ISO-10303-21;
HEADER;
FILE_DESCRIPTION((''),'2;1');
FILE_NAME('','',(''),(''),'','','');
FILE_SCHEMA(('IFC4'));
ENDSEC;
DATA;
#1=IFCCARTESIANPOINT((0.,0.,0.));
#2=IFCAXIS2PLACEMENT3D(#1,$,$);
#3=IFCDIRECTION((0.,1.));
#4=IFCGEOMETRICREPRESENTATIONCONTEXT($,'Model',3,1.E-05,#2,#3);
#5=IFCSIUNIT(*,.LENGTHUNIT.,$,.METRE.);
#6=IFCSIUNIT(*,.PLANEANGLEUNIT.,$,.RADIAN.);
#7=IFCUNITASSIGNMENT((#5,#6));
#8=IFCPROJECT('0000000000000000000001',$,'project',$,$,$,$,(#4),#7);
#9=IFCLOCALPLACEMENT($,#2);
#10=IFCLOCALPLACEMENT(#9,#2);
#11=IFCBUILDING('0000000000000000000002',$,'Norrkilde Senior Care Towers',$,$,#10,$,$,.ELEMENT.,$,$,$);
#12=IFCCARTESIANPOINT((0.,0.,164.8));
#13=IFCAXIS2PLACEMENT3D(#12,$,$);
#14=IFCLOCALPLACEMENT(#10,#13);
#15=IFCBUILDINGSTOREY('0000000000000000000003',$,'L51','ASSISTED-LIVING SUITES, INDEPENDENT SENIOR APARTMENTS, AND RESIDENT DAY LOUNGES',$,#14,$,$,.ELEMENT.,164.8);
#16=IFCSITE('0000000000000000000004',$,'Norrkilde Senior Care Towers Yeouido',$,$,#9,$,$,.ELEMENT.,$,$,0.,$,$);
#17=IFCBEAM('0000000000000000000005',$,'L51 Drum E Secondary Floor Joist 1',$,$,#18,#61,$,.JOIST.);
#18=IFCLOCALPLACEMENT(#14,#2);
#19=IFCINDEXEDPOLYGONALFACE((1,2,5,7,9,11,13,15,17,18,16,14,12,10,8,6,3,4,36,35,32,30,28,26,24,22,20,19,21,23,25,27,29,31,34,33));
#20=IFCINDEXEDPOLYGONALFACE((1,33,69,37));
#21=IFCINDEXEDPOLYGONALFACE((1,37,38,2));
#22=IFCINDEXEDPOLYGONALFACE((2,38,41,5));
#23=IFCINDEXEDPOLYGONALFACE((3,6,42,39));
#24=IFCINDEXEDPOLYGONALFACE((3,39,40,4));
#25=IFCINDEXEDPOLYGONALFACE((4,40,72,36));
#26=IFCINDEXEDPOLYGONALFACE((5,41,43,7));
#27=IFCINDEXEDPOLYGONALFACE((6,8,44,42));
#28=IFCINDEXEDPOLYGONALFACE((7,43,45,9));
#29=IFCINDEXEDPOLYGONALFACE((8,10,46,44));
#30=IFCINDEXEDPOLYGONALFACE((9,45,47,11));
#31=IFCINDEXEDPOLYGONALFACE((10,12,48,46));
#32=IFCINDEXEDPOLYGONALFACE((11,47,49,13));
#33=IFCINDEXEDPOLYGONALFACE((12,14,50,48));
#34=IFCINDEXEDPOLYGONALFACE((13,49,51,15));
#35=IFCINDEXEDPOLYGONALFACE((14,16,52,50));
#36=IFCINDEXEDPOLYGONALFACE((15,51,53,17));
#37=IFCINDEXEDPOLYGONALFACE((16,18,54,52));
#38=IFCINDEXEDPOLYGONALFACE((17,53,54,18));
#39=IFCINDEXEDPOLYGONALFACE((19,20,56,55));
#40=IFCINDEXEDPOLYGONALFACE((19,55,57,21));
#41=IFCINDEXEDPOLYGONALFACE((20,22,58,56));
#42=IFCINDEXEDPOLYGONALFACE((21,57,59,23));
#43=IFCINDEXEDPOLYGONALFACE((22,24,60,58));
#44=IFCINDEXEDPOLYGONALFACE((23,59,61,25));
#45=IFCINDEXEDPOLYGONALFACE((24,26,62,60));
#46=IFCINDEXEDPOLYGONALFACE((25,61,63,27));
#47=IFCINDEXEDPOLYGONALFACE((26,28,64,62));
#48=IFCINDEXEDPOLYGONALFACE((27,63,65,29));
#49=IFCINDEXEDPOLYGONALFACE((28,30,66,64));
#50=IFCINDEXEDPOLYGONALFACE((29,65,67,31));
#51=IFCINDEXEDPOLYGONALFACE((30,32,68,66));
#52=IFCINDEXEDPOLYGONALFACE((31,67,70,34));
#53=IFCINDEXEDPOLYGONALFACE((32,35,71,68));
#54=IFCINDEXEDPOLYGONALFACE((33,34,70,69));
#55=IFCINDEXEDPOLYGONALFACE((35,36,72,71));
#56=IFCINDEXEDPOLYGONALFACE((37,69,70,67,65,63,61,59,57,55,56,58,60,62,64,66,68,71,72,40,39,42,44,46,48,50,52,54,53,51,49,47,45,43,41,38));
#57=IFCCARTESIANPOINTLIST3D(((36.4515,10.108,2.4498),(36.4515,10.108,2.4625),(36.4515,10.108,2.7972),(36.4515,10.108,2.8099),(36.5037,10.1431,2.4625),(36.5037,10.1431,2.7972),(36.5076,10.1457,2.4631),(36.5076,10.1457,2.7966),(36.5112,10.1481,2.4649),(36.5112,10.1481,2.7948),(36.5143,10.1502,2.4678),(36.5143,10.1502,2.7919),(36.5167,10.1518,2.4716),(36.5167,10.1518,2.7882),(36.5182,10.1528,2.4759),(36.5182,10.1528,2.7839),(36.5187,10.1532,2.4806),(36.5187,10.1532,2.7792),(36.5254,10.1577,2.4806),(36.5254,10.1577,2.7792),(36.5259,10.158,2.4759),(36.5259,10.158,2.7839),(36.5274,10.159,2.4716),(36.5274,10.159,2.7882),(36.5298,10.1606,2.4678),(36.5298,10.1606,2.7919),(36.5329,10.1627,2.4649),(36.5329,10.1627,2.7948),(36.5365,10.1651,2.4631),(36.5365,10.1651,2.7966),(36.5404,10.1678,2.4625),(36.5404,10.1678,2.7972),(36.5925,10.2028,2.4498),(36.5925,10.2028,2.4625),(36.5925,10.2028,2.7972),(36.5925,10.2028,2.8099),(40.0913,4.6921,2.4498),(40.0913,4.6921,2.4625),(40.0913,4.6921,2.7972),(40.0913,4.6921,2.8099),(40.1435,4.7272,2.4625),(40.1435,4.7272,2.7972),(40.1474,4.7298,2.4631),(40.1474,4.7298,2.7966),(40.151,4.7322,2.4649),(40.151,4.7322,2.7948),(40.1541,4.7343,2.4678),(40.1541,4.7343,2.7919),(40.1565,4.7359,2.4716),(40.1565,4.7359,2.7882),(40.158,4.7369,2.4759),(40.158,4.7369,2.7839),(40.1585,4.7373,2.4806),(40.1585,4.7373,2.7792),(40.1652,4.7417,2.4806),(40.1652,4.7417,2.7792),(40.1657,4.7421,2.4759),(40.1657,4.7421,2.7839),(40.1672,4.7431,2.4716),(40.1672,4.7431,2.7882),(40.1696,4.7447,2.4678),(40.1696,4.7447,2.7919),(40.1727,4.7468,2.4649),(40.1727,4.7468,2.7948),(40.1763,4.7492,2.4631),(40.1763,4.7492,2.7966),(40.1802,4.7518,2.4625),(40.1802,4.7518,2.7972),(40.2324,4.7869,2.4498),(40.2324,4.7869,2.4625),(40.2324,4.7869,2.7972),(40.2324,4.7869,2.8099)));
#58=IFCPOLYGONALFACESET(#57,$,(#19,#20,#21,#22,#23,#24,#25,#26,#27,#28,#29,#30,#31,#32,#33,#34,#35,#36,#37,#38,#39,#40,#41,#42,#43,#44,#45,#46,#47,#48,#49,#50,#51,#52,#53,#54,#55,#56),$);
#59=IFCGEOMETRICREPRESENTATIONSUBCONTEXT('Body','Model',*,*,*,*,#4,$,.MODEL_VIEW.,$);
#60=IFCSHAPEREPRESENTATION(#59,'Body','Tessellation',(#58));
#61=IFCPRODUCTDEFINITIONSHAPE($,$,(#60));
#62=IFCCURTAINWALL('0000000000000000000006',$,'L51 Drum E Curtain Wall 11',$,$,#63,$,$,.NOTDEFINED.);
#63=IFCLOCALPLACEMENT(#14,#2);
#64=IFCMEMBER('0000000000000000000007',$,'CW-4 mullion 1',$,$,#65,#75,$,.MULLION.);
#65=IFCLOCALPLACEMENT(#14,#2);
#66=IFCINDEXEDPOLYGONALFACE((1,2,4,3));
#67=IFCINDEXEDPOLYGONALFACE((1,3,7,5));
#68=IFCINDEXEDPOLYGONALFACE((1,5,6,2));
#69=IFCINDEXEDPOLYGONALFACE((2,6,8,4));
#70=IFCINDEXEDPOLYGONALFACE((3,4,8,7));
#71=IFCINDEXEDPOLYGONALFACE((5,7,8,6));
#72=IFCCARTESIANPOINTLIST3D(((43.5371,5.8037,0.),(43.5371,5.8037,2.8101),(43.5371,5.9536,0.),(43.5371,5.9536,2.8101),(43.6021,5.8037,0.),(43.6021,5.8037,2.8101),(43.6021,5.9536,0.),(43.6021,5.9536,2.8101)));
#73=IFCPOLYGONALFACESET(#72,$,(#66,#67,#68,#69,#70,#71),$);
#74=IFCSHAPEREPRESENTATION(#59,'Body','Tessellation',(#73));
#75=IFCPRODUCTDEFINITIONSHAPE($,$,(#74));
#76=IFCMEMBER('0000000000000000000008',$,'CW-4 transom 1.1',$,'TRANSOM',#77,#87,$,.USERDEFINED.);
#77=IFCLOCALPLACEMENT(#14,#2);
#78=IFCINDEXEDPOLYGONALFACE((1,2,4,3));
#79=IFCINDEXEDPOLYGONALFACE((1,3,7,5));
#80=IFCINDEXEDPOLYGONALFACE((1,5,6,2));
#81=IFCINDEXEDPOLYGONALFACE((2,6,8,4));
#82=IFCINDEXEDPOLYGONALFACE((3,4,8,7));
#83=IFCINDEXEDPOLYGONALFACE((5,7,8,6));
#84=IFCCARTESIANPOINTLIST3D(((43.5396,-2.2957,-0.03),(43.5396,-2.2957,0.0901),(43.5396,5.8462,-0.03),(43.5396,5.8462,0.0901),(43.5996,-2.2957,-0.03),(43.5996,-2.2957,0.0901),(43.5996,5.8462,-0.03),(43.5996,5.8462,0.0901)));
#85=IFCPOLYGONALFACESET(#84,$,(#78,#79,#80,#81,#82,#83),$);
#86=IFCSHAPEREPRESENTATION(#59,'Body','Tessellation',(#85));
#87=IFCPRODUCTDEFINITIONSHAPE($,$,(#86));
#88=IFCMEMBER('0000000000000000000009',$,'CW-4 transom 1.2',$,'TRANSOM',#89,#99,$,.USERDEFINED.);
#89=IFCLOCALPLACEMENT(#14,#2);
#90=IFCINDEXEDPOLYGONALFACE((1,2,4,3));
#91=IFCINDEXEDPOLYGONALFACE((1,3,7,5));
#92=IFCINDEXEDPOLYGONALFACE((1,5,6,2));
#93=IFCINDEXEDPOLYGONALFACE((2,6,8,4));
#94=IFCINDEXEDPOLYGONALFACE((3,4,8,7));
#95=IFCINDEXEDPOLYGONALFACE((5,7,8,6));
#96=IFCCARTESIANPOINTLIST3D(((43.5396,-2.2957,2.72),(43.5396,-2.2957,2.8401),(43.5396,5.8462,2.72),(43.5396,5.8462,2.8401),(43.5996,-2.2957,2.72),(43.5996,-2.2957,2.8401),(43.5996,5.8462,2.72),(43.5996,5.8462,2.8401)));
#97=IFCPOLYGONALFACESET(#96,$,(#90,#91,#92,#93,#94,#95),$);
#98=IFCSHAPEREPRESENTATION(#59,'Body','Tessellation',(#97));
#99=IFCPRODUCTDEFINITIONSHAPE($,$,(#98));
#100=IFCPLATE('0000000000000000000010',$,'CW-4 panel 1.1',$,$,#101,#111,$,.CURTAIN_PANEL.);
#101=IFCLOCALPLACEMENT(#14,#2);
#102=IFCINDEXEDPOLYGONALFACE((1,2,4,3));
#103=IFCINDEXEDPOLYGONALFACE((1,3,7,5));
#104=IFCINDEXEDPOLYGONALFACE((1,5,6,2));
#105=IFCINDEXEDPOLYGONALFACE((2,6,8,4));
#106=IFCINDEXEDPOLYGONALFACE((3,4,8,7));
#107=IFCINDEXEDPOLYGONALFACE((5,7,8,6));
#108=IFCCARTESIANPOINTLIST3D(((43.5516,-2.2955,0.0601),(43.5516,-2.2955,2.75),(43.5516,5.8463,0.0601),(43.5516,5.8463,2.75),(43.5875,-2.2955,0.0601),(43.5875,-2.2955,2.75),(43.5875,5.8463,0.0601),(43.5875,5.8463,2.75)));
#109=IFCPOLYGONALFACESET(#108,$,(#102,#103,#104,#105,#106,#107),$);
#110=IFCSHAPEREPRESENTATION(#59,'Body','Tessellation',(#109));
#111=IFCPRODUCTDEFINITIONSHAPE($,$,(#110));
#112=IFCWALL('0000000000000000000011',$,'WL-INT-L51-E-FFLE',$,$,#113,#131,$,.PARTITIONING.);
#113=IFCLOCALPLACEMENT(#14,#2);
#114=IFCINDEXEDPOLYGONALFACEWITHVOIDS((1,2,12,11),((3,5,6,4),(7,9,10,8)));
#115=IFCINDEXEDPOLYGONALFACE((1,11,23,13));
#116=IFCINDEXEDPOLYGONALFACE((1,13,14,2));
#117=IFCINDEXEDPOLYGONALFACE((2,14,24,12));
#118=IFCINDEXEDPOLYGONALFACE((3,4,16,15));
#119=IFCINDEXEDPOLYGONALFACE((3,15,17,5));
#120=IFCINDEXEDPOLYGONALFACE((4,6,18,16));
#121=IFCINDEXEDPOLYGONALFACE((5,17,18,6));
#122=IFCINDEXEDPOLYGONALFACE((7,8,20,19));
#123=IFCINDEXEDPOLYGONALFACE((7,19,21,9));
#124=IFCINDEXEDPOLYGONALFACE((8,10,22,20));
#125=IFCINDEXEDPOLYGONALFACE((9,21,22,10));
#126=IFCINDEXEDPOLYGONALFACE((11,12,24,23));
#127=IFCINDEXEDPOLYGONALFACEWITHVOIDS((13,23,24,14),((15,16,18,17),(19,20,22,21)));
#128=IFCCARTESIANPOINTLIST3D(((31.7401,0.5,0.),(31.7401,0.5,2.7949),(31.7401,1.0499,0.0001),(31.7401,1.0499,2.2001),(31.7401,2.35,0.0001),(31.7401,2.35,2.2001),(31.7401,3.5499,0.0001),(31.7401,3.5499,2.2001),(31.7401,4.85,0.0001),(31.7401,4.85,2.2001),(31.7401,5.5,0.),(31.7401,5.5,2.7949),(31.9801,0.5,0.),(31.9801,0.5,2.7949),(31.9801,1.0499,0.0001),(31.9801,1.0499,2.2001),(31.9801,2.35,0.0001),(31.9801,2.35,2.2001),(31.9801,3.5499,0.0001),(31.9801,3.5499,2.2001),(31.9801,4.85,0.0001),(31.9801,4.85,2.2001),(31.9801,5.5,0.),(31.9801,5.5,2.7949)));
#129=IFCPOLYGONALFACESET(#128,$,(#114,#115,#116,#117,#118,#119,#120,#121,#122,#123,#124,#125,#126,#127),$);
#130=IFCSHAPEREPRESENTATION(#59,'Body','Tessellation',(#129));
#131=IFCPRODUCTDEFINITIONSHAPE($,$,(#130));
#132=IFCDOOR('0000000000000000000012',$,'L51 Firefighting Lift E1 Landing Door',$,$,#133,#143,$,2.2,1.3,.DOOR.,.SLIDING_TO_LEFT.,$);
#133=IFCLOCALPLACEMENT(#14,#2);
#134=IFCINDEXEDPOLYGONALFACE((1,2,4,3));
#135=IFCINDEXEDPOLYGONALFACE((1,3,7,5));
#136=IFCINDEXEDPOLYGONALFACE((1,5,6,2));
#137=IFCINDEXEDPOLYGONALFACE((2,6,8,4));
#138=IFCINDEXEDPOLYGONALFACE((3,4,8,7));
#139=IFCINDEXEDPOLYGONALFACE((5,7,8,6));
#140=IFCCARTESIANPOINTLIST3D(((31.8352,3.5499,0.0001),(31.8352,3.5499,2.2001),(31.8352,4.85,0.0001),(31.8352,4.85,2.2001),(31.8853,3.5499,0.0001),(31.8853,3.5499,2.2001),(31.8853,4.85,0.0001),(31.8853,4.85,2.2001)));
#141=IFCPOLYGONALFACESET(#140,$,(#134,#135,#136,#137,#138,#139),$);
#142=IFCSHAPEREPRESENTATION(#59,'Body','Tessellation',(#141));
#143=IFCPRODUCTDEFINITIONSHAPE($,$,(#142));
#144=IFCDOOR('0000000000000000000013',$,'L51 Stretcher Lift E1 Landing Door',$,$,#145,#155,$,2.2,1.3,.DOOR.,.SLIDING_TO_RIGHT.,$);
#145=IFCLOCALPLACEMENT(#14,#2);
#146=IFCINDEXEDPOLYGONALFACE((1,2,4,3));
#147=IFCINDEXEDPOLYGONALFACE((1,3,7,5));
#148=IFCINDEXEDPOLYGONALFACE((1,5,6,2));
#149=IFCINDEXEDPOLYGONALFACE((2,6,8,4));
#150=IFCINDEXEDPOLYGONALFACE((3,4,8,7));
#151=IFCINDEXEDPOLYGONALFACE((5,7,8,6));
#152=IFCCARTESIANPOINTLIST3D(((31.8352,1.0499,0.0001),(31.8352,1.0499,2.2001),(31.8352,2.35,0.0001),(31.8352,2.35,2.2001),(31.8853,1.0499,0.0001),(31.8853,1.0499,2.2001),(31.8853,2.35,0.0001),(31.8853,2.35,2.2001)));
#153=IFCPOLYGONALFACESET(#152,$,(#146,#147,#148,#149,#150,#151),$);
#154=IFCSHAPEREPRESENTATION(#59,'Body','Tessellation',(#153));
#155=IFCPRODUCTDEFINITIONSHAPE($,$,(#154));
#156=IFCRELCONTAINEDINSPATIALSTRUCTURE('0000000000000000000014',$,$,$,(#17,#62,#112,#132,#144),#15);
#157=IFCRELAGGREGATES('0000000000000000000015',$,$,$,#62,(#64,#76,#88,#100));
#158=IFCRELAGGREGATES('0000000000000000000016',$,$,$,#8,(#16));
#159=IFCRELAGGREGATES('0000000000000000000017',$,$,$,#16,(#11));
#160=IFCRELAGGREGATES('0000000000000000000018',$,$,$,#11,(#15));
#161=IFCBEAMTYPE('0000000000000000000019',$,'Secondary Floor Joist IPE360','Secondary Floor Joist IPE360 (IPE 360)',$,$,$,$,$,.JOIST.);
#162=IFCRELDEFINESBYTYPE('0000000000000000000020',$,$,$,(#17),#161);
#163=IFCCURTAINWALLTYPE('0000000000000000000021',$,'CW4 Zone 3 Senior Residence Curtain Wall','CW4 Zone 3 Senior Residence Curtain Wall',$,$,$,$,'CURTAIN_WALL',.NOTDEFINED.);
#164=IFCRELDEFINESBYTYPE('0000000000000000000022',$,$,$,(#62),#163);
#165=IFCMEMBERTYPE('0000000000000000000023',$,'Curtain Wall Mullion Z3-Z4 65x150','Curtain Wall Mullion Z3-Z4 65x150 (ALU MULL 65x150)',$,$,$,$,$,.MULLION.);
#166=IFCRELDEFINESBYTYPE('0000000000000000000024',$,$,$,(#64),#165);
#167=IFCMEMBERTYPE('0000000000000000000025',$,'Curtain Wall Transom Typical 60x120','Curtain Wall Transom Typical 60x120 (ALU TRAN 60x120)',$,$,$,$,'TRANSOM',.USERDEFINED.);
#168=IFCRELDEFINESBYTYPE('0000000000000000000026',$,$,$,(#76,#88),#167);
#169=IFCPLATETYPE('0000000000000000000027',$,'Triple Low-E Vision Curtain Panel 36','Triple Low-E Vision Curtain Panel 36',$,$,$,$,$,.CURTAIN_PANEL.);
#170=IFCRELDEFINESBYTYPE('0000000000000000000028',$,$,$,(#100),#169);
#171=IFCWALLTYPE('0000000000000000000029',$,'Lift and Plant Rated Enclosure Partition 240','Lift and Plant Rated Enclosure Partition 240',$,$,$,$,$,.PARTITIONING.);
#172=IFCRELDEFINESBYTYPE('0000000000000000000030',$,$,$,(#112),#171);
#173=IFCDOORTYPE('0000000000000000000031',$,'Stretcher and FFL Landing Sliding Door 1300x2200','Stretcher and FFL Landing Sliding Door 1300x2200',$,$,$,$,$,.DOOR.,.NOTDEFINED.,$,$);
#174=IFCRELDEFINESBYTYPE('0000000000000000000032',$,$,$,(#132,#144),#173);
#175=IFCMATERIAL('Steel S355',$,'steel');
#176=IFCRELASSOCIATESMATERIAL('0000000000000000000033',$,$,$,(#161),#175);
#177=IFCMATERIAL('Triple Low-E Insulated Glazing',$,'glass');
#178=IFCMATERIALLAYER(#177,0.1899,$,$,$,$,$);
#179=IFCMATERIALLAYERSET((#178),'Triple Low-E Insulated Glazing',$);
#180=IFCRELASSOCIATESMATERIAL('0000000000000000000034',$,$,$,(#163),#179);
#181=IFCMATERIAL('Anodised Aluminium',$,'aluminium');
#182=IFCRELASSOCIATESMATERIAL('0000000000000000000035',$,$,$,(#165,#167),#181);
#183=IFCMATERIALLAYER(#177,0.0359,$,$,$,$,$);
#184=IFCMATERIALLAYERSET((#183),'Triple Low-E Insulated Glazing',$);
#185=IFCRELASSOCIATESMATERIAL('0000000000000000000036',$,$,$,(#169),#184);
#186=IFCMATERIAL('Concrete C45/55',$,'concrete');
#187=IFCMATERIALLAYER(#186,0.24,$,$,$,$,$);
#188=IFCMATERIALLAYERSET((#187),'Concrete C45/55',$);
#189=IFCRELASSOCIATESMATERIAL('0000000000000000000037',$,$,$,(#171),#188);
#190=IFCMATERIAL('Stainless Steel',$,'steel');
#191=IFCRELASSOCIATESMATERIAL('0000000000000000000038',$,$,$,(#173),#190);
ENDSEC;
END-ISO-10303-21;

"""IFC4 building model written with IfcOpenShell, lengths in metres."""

from ifc_helpers import new_model, si_unit, direction, frame, frame_2d, origin, origin_2d, place, context, subcontext, project, spatial, rectangle, i_section, extrude, source, transform, mapped, material, layer, layer_set, material_profile, profile_set, type_object, type_shapes, element, fill, aggregate, save


model = new_model("IFC4")

# Units and contexts
model_context = context("Model", 3, precision=1e-05, world=origin(), true_north=direction((0.0, 1.0)))
body_context = subcontext(model_context, "Body", "Model", "MODEL_VIEW")
ifc_project = project(units=[si_unit("LENGTHUNIT", "METRE"), si_unit("PLANEANGLEUNIT", "RADIAN")], contexts=[model_context])

# Site, building, storey
site_placement = place(None, origin())
site = spatial("IfcSite", under=ifc_project, at=site_placement, Name="Norrkilde Senior Care Towers Yeouido", CompositionType="ELEMENT", RefElevation=0.0)
building_placement = place(site_placement, origin())
building = spatial("IfcBuilding", under=site, at=building_placement, Name="Norrkilde Senior Care Towers", CompositionType="ELEMENT")
storey_placement = place(building_placement, frame((0.0, 0.0, 164.8)))
storey = spatial("IfcBuildingStorey", under=building, at=storey_placement, Name="L51", Description="ASSISTED-LIVING SUITES, INDEPENDENT SENIOR APARTMENTS, AND RESIDENT DAY LOUNGES", CompositionType="ELEMENT", Elevation=164.8)

# Beam
ifc_material_1 = material(Name="Steel S355", Category="steel")
ifc_material_profile_1 = material_profile(ifc_material_1, i_section(OverallWidth=0.1699, OverallDepth=0.3601, WebThickness=0.0081, FlangeThickness=0.0127, FilletRadius=0.0181, at=origin_2d()), Name="IPE 360")
ifc_profile_set_1 = profile_set([ifc_material_profile_1], Name="Steel S355")
beam_type_1 = type_object("IfcBeamType", Name="Secondary Floor Joist IPE360", Description="Secondary Floor Joist IPE360 (IPE 360)", PredefinedType="JOIST", material=ifc_profile_set_1)
shared_shape_1 = source(origin(), body_context, "Body", "SweptSolid", [
    extrude(i_section(OverallWidth=0.1699, OverallDepth=0.3601, WebThickness=0.0081, FlangeThickness=0.0127, FilletRadius=0.0181, at=origin_2d()), origin(), (0.0, 0.0, 1.0), 6.5254),
])
type_shapes(beam_type_1, [shared_shape_1])
beam_1_placement = place(storey_placement, frame((40.1619, 4.7395, 2.6299), z_axis=(-0.557796, 0.829978, 0.0), x_axis=(-0.829978, -0.557796, 0.0)))
element("IfcBeam", 1, at=beam_1_placement, inside=storey, type_object=beam_type_1, Name="L51 Drum E Secondary Floor Joist 1", PredefinedType="JOIST", context=body_context, shape_type="MappedRepresentation", body=[
    mapped(shared_shape_1, transform((0.0, 0.0, 0.0), x_axis=(1.0, 0.0, 0.0), y_axis=(0.0, 1.0, 0.0), z_axis=(0.0, 0.0, 1.0), scale=1.0)),
])

# Curtain wall, members, plate
ifc_material_2 = material(Name="Triple Low-E Insulated Glazing", Category="glass")
ifc_layer_1 = layer(ifc_material_2, 0.1899)
ifc_layer_set_1 = layer_set([ifc_layer_1], Name="Triple Low-E Insulated Glazing")
curtain_wall_type = type_object("IfcCurtainWallType", Name="CW4 Zone 3 Senior Residence Curtain Wall", Description="CW4 Zone 3 Senior Residence Curtain Wall", ElementType="CURTAIN_WALL", PredefinedType="NOTDEFINED", material=ifc_layer_set_1)
curtain_wall_placement = place(storey_placement, origin())
curtain_wall = element("IfcCurtainWall", 2, at=curtain_wall_placement, inside=storey, type_object=curtain_wall_type, Name="L51 Drum E Curtain Wall 11", PredefinedType="NOTDEFINED")
ifc_material_3 = material(Name="Anodised Aluminium", Category="aluminium")
ifc_material_profile_2 = material_profile(ifc_material_3, rectangle(XDim=0.0649, YDim=0.1499, at=origin_2d()), Name="ALU MULL 65x150")
ifc_profile_set_2 = profile_set([ifc_material_profile_2], Name="Anodised Aluminium")
member_type_1 = type_object("IfcMemberType", Name="Curtain Wall Mullion Z3-Z4 65x150", Description="Curtain Wall Mullion Z3-Z4 65x150 (ALU MULL 65x150)", PredefinedType="MULLION", material=ifc_profile_set_2)
shared_shape_2 = source(origin(), body_context, "Body", "SweptSolid", [
    extrude(rectangle(XDim=0.0649, YDim=0.1499, at=origin_2d()), origin(), (0.0, 0.0, 1.0), 2.8101),
])
type_shapes(member_type_1, [shared_shape_2])
member_1_placement = place(storey_placement, frame((43.5696, 5.8787, 0.0), z_axis=(0.0, 0.0, 1.0), x_axis=(1.0, 0.0, 0.0)))
member_1 = element("IfcMember", 3, at=member_1_placement, type_object=member_type_1, Name="CW-4 mullion 1", PredefinedType="MULLION", context=body_context, shape_type="MappedRepresentation", body=[
    mapped(shared_shape_2, transform((0.0, 0.0, 0.0), x_axis=(1.0, 0.0, 0.0), y_axis=(0.0, 1.0, 0.0), z_axis=(0.0, 0.0, 1.0), scale=1.0)),
])
ifc_material_profile_3 = material_profile(ifc_material_3, rectangle(XDim=0.0601, YDim=0.1201, at=origin_2d()), Name="ALU TRAN 60x120")
ifc_profile_set_3 = profile_set([ifc_material_profile_3], Name="Anodised Aluminium")
member_type_2 = type_object("IfcMemberType", Name="Curtain Wall Transom Typical 60x120", Description="Curtain Wall Transom Typical 60x120 (ALU TRAN 60x120)", ElementType="TRANSOM", PredefinedType="USERDEFINED", material=ifc_profile_set_3)
shared_shape_3 = source(origin(), body_context, "Body", "SweptSolid", [
    extrude(rectangle(XDim=0.0601, YDim=0.1201, at=origin_2d()), origin(), (0.0, 0.0, 1.0), 8.1418),
])
type_shapes(member_type_2, [shared_shape_3])
member_2_placement = place(storey_placement, frame((43.5696, 5.8462, 0.03), z_axis=(0.0, -1.0, 0.0), x_axis=(1.0, 0.0, 0.0)))
member_2 = element("IfcMember", 4, at=member_2_placement, type_object=member_type_2, Name="CW-4 transom 1.1", ObjectType="TRANSOM", PredefinedType="USERDEFINED", context=body_context, shape_type="MappedRepresentation", body=[
    mapped(shared_shape_3, transform((0.0, 0.0, 0.0), x_axis=(1.0, 0.0, 0.0), y_axis=(0.0, 1.0, 0.0), z_axis=(0.0, 0.0, 1.0), scale=1.0)),
])
member_3_placement = place(storey_placement, frame((43.5696, 5.8462, 2.78), z_axis=(0.0, -1.0, 0.0), x_axis=(1.0, 0.0, 0.0)))
member_3 = element("IfcMember", 5, at=member_3_placement, type_object=member_type_2, Name="CW-4 transom 1.2", ObjectType="TRANSOM", PredefinedType="USERDEFINED", context=body_context, shape_type="MappedRepresentation", body=[
    mapped(shared_shape_3, transform((0.0, 0.0, 0.0), x_axis=(1.0, 0.0, 0.0), y_axis=(0.0, 1.0, 0.0), z_axis=(0.0, 0.0, 1.0), scale=1.0)),
])
ifc_layer_2 = layer(ifc_material_2, 0.0359)
ifc_layer_set_2 = layer_set([ifc_layer_2], Name="Triple Low-E Insulated Glazing")
plate_type = type_object("IfcPlateType", Name="Triple Low-E Vision Curtain Panel 36", Description="Triple Low-E Vision Curtain Panel 36", PredefinedType="CURTAIN_PANEL", material=ifc_layer_set_2)
shared_shape_4 = source(origin(), body_context, "Body", "SweptSolid", [
    extrude(rectangle(XDim=8.1418, YDim=0.0359, at=origin_2d()), origin(), (0.0, 0.0, 1.0), 2.6899),
])
type_shapes(plate_type, [shared_shape_4])
plate_placement = place(storey_placement, frame((43.5696, 1.7754, 0.0601), z_axis=(0.0, 0.0, 1.0), x_axis=(0.0, -1.0, 0.0)))
plate = element("IfcPlate", 6, at=plate_placement, type_object=plate_type, Name="CW-4 panel 1.1", PredefinedType="CURTAIN_PANEL", context=body_context, shape_type="MappedRepresentation", body=[
    mapped(shared_shape_4, transform((0.0, 0.0, 0.0), x_axis=(1.0, 0.0, 0.0), y_axis=(0.0, 1.0, 0.0), z_axis=(0.0, 0.0, 1.0), scale=1.0)),
])
aggregate(curtain_wall, [member_1, member_2, member_3, plate])

# Shared definitions
ifc_material_4 = material(Name="Concrete C45/55", Category="concrete")

# Wall, openings, doors
ifc_layer_3 = layer(ifc_material_4, 0.24)
ifc_layer_set_3 = layer_set([ifc_layer_3], Name="Concrete C45/55")
wall_type_1 = type_object("IfcWallType", Name="Lift and Plant Rated Enclosure Partition 240", Description="Lift and Plant Rated Enclosure Partition 240", PredefinedType="PARTITIONING", material=ifc_layer_set_3)
shared_shape_5 = source(origin(), body_context, "Body", "SweptSolid", [
    extrude(rectangle(XDim=5.0, YDim=0.24, at=frame_2d((2.5, 0.0))), origin(), (0.0, 0.0, 1.0), 2.7949),
])
type_shapes(wall_type_1, [shared_shape_5])
wall_1_placement = place(storey_placement, frame((31.8601, 0.5, 0.0), z_axis=(0.0, 0.0, 1.0), x_axis=(0.0, 1.0, 0.0)))
wall_1 = element("IfcWall", 7, at=wall_1_placement, inside=storey, type_object=wall_type_1, Name="WL-INT-L51-E-FFLE", PredefinedType="PARTITIONING", context=body_context, shape_type="MappedRepresentation", body=[
    mapped(shared_shape_5, transform((0.0, 0.0, 0.0), x_axis=(1.0, 0.0, 0.0), y_axis=(0.0, 1.0, 0.0), z_axis=(0.0, 0.0, 1.0), scale=1.0)),
])
opening_1_placement = place(wall_1_placement, frame((3.05, 0.0, 0.0)))
opening_1 = element("IfcOpeningElement", 8, at=opening_1_placement, cuts=wall_1, PredefinedType="OPENING", context=body_context, shape_type="SweptSolid", body=[
    extrude(rectangle(XDim=1.3, YDim=2.2, at=frame_2d((0.6499, 1.1001))), frame((0.0, 0.1299, 0.0), z_axis=(0.0, -1.0, 0.0), x_axis=(1.0, 0.0, 0.0)), (0.0, 0.0, 1.0), 0.26),
])
opening_2_placement = place(wall_1_placement, frame((0.55, 0.0, 0.0)))
opening_2 = element("IfcOpeningElement", 9, at=opening_2_placement, cuts=wall_1, PredefinedType="OPENING", context=body_context, shape_type="SweptSolid", body=[
    extrude(rectangle(XDim=1.3, YDim=2.2, at=frame_2d((0.6499, 1.1001))), frame((0.0, 0.1299, 0.0), z_axis=(0.0, -1.0, 0.0), x_axis=(1.0, 0.0, 0.0)), (0.0, 0.0, 1.0), 0.26),
])
ifc_material_5 = material(Name="Stainless Steel", Category="steel")
door_type_1 = type_object("IfcDoorType", Name="Stretcher and FFL Landing Sliding Door 1300x2200", Description="Stretcher and FFL Landing Sliding Door 1300x2200", OperationType="NOTDEFINED", PredefinedType="DOOR", material=ifc_material_5)
shared_shape_6 = source(origin(), body_context, "Body", "SweptSolid", [
    extrude(rectangle(XDim=1.3, YDim=2.2, at=frame_2d((0.6499, 1.1001))), frame((0.0, 0.0249, 0.0), z_axis=(0.0, -1.0, 0.0), x_axis=(1.0, 0.0, 0.0)), (0.0, 0.0, 1.0), 0.05),
])
type_shapes(door_type_1, [shared_shape_6])
door_1_placement = place(opening_1_placement, origin())
door_1 = element("IfcDoor", 10, at=door_1_placement, inside=storey, type_object=door_type_1, Name="L51 Firefighting Lift E1 Landing Door", OperationType="SLIDING_TO_LEFT", OverallHeight=2.2, OverallWidth=1.3, PredefinedType="DOOR", context=body_context, shape_type="MappedRepresentation", body=[
    mapped(shared_shape_6, transform((0.0, 0.0, 0.0), x_axis=(1.0, 0.0, 0.0), y_axis=(0.0, 1.0, 0.0), z_axis=(0.0, 0.0, 1.0), scale=1.0)),
])
fill(opening_1, door_1)
door_2_placement = place(opening_2_placement, origin())
door_2 = element("IfcDoor", 11, at=door_2_placement, inside=storey, type_object=door_type_1, Name="L51 Stretcher Lift E1 Landing Door", OperationType="SLIDING_TO_RIGHT", OverallHeight=2.2, OverallWidth=1.3, PredefinedType="DOOR", context=body_context, shape_type="MappedRepresentation", body=[
    mapped(shared_shape_6, transform((0.0, 0.0, 0.0), x_axis=(1.0, 0.0, 0.0), y_axis=(0.0, 1.0, 0.0), z_axis=(0.0, 0.0, 1.0), scale=1.0)),
])
fill(opening_2, door_2)

save(model, "model.ifc")
